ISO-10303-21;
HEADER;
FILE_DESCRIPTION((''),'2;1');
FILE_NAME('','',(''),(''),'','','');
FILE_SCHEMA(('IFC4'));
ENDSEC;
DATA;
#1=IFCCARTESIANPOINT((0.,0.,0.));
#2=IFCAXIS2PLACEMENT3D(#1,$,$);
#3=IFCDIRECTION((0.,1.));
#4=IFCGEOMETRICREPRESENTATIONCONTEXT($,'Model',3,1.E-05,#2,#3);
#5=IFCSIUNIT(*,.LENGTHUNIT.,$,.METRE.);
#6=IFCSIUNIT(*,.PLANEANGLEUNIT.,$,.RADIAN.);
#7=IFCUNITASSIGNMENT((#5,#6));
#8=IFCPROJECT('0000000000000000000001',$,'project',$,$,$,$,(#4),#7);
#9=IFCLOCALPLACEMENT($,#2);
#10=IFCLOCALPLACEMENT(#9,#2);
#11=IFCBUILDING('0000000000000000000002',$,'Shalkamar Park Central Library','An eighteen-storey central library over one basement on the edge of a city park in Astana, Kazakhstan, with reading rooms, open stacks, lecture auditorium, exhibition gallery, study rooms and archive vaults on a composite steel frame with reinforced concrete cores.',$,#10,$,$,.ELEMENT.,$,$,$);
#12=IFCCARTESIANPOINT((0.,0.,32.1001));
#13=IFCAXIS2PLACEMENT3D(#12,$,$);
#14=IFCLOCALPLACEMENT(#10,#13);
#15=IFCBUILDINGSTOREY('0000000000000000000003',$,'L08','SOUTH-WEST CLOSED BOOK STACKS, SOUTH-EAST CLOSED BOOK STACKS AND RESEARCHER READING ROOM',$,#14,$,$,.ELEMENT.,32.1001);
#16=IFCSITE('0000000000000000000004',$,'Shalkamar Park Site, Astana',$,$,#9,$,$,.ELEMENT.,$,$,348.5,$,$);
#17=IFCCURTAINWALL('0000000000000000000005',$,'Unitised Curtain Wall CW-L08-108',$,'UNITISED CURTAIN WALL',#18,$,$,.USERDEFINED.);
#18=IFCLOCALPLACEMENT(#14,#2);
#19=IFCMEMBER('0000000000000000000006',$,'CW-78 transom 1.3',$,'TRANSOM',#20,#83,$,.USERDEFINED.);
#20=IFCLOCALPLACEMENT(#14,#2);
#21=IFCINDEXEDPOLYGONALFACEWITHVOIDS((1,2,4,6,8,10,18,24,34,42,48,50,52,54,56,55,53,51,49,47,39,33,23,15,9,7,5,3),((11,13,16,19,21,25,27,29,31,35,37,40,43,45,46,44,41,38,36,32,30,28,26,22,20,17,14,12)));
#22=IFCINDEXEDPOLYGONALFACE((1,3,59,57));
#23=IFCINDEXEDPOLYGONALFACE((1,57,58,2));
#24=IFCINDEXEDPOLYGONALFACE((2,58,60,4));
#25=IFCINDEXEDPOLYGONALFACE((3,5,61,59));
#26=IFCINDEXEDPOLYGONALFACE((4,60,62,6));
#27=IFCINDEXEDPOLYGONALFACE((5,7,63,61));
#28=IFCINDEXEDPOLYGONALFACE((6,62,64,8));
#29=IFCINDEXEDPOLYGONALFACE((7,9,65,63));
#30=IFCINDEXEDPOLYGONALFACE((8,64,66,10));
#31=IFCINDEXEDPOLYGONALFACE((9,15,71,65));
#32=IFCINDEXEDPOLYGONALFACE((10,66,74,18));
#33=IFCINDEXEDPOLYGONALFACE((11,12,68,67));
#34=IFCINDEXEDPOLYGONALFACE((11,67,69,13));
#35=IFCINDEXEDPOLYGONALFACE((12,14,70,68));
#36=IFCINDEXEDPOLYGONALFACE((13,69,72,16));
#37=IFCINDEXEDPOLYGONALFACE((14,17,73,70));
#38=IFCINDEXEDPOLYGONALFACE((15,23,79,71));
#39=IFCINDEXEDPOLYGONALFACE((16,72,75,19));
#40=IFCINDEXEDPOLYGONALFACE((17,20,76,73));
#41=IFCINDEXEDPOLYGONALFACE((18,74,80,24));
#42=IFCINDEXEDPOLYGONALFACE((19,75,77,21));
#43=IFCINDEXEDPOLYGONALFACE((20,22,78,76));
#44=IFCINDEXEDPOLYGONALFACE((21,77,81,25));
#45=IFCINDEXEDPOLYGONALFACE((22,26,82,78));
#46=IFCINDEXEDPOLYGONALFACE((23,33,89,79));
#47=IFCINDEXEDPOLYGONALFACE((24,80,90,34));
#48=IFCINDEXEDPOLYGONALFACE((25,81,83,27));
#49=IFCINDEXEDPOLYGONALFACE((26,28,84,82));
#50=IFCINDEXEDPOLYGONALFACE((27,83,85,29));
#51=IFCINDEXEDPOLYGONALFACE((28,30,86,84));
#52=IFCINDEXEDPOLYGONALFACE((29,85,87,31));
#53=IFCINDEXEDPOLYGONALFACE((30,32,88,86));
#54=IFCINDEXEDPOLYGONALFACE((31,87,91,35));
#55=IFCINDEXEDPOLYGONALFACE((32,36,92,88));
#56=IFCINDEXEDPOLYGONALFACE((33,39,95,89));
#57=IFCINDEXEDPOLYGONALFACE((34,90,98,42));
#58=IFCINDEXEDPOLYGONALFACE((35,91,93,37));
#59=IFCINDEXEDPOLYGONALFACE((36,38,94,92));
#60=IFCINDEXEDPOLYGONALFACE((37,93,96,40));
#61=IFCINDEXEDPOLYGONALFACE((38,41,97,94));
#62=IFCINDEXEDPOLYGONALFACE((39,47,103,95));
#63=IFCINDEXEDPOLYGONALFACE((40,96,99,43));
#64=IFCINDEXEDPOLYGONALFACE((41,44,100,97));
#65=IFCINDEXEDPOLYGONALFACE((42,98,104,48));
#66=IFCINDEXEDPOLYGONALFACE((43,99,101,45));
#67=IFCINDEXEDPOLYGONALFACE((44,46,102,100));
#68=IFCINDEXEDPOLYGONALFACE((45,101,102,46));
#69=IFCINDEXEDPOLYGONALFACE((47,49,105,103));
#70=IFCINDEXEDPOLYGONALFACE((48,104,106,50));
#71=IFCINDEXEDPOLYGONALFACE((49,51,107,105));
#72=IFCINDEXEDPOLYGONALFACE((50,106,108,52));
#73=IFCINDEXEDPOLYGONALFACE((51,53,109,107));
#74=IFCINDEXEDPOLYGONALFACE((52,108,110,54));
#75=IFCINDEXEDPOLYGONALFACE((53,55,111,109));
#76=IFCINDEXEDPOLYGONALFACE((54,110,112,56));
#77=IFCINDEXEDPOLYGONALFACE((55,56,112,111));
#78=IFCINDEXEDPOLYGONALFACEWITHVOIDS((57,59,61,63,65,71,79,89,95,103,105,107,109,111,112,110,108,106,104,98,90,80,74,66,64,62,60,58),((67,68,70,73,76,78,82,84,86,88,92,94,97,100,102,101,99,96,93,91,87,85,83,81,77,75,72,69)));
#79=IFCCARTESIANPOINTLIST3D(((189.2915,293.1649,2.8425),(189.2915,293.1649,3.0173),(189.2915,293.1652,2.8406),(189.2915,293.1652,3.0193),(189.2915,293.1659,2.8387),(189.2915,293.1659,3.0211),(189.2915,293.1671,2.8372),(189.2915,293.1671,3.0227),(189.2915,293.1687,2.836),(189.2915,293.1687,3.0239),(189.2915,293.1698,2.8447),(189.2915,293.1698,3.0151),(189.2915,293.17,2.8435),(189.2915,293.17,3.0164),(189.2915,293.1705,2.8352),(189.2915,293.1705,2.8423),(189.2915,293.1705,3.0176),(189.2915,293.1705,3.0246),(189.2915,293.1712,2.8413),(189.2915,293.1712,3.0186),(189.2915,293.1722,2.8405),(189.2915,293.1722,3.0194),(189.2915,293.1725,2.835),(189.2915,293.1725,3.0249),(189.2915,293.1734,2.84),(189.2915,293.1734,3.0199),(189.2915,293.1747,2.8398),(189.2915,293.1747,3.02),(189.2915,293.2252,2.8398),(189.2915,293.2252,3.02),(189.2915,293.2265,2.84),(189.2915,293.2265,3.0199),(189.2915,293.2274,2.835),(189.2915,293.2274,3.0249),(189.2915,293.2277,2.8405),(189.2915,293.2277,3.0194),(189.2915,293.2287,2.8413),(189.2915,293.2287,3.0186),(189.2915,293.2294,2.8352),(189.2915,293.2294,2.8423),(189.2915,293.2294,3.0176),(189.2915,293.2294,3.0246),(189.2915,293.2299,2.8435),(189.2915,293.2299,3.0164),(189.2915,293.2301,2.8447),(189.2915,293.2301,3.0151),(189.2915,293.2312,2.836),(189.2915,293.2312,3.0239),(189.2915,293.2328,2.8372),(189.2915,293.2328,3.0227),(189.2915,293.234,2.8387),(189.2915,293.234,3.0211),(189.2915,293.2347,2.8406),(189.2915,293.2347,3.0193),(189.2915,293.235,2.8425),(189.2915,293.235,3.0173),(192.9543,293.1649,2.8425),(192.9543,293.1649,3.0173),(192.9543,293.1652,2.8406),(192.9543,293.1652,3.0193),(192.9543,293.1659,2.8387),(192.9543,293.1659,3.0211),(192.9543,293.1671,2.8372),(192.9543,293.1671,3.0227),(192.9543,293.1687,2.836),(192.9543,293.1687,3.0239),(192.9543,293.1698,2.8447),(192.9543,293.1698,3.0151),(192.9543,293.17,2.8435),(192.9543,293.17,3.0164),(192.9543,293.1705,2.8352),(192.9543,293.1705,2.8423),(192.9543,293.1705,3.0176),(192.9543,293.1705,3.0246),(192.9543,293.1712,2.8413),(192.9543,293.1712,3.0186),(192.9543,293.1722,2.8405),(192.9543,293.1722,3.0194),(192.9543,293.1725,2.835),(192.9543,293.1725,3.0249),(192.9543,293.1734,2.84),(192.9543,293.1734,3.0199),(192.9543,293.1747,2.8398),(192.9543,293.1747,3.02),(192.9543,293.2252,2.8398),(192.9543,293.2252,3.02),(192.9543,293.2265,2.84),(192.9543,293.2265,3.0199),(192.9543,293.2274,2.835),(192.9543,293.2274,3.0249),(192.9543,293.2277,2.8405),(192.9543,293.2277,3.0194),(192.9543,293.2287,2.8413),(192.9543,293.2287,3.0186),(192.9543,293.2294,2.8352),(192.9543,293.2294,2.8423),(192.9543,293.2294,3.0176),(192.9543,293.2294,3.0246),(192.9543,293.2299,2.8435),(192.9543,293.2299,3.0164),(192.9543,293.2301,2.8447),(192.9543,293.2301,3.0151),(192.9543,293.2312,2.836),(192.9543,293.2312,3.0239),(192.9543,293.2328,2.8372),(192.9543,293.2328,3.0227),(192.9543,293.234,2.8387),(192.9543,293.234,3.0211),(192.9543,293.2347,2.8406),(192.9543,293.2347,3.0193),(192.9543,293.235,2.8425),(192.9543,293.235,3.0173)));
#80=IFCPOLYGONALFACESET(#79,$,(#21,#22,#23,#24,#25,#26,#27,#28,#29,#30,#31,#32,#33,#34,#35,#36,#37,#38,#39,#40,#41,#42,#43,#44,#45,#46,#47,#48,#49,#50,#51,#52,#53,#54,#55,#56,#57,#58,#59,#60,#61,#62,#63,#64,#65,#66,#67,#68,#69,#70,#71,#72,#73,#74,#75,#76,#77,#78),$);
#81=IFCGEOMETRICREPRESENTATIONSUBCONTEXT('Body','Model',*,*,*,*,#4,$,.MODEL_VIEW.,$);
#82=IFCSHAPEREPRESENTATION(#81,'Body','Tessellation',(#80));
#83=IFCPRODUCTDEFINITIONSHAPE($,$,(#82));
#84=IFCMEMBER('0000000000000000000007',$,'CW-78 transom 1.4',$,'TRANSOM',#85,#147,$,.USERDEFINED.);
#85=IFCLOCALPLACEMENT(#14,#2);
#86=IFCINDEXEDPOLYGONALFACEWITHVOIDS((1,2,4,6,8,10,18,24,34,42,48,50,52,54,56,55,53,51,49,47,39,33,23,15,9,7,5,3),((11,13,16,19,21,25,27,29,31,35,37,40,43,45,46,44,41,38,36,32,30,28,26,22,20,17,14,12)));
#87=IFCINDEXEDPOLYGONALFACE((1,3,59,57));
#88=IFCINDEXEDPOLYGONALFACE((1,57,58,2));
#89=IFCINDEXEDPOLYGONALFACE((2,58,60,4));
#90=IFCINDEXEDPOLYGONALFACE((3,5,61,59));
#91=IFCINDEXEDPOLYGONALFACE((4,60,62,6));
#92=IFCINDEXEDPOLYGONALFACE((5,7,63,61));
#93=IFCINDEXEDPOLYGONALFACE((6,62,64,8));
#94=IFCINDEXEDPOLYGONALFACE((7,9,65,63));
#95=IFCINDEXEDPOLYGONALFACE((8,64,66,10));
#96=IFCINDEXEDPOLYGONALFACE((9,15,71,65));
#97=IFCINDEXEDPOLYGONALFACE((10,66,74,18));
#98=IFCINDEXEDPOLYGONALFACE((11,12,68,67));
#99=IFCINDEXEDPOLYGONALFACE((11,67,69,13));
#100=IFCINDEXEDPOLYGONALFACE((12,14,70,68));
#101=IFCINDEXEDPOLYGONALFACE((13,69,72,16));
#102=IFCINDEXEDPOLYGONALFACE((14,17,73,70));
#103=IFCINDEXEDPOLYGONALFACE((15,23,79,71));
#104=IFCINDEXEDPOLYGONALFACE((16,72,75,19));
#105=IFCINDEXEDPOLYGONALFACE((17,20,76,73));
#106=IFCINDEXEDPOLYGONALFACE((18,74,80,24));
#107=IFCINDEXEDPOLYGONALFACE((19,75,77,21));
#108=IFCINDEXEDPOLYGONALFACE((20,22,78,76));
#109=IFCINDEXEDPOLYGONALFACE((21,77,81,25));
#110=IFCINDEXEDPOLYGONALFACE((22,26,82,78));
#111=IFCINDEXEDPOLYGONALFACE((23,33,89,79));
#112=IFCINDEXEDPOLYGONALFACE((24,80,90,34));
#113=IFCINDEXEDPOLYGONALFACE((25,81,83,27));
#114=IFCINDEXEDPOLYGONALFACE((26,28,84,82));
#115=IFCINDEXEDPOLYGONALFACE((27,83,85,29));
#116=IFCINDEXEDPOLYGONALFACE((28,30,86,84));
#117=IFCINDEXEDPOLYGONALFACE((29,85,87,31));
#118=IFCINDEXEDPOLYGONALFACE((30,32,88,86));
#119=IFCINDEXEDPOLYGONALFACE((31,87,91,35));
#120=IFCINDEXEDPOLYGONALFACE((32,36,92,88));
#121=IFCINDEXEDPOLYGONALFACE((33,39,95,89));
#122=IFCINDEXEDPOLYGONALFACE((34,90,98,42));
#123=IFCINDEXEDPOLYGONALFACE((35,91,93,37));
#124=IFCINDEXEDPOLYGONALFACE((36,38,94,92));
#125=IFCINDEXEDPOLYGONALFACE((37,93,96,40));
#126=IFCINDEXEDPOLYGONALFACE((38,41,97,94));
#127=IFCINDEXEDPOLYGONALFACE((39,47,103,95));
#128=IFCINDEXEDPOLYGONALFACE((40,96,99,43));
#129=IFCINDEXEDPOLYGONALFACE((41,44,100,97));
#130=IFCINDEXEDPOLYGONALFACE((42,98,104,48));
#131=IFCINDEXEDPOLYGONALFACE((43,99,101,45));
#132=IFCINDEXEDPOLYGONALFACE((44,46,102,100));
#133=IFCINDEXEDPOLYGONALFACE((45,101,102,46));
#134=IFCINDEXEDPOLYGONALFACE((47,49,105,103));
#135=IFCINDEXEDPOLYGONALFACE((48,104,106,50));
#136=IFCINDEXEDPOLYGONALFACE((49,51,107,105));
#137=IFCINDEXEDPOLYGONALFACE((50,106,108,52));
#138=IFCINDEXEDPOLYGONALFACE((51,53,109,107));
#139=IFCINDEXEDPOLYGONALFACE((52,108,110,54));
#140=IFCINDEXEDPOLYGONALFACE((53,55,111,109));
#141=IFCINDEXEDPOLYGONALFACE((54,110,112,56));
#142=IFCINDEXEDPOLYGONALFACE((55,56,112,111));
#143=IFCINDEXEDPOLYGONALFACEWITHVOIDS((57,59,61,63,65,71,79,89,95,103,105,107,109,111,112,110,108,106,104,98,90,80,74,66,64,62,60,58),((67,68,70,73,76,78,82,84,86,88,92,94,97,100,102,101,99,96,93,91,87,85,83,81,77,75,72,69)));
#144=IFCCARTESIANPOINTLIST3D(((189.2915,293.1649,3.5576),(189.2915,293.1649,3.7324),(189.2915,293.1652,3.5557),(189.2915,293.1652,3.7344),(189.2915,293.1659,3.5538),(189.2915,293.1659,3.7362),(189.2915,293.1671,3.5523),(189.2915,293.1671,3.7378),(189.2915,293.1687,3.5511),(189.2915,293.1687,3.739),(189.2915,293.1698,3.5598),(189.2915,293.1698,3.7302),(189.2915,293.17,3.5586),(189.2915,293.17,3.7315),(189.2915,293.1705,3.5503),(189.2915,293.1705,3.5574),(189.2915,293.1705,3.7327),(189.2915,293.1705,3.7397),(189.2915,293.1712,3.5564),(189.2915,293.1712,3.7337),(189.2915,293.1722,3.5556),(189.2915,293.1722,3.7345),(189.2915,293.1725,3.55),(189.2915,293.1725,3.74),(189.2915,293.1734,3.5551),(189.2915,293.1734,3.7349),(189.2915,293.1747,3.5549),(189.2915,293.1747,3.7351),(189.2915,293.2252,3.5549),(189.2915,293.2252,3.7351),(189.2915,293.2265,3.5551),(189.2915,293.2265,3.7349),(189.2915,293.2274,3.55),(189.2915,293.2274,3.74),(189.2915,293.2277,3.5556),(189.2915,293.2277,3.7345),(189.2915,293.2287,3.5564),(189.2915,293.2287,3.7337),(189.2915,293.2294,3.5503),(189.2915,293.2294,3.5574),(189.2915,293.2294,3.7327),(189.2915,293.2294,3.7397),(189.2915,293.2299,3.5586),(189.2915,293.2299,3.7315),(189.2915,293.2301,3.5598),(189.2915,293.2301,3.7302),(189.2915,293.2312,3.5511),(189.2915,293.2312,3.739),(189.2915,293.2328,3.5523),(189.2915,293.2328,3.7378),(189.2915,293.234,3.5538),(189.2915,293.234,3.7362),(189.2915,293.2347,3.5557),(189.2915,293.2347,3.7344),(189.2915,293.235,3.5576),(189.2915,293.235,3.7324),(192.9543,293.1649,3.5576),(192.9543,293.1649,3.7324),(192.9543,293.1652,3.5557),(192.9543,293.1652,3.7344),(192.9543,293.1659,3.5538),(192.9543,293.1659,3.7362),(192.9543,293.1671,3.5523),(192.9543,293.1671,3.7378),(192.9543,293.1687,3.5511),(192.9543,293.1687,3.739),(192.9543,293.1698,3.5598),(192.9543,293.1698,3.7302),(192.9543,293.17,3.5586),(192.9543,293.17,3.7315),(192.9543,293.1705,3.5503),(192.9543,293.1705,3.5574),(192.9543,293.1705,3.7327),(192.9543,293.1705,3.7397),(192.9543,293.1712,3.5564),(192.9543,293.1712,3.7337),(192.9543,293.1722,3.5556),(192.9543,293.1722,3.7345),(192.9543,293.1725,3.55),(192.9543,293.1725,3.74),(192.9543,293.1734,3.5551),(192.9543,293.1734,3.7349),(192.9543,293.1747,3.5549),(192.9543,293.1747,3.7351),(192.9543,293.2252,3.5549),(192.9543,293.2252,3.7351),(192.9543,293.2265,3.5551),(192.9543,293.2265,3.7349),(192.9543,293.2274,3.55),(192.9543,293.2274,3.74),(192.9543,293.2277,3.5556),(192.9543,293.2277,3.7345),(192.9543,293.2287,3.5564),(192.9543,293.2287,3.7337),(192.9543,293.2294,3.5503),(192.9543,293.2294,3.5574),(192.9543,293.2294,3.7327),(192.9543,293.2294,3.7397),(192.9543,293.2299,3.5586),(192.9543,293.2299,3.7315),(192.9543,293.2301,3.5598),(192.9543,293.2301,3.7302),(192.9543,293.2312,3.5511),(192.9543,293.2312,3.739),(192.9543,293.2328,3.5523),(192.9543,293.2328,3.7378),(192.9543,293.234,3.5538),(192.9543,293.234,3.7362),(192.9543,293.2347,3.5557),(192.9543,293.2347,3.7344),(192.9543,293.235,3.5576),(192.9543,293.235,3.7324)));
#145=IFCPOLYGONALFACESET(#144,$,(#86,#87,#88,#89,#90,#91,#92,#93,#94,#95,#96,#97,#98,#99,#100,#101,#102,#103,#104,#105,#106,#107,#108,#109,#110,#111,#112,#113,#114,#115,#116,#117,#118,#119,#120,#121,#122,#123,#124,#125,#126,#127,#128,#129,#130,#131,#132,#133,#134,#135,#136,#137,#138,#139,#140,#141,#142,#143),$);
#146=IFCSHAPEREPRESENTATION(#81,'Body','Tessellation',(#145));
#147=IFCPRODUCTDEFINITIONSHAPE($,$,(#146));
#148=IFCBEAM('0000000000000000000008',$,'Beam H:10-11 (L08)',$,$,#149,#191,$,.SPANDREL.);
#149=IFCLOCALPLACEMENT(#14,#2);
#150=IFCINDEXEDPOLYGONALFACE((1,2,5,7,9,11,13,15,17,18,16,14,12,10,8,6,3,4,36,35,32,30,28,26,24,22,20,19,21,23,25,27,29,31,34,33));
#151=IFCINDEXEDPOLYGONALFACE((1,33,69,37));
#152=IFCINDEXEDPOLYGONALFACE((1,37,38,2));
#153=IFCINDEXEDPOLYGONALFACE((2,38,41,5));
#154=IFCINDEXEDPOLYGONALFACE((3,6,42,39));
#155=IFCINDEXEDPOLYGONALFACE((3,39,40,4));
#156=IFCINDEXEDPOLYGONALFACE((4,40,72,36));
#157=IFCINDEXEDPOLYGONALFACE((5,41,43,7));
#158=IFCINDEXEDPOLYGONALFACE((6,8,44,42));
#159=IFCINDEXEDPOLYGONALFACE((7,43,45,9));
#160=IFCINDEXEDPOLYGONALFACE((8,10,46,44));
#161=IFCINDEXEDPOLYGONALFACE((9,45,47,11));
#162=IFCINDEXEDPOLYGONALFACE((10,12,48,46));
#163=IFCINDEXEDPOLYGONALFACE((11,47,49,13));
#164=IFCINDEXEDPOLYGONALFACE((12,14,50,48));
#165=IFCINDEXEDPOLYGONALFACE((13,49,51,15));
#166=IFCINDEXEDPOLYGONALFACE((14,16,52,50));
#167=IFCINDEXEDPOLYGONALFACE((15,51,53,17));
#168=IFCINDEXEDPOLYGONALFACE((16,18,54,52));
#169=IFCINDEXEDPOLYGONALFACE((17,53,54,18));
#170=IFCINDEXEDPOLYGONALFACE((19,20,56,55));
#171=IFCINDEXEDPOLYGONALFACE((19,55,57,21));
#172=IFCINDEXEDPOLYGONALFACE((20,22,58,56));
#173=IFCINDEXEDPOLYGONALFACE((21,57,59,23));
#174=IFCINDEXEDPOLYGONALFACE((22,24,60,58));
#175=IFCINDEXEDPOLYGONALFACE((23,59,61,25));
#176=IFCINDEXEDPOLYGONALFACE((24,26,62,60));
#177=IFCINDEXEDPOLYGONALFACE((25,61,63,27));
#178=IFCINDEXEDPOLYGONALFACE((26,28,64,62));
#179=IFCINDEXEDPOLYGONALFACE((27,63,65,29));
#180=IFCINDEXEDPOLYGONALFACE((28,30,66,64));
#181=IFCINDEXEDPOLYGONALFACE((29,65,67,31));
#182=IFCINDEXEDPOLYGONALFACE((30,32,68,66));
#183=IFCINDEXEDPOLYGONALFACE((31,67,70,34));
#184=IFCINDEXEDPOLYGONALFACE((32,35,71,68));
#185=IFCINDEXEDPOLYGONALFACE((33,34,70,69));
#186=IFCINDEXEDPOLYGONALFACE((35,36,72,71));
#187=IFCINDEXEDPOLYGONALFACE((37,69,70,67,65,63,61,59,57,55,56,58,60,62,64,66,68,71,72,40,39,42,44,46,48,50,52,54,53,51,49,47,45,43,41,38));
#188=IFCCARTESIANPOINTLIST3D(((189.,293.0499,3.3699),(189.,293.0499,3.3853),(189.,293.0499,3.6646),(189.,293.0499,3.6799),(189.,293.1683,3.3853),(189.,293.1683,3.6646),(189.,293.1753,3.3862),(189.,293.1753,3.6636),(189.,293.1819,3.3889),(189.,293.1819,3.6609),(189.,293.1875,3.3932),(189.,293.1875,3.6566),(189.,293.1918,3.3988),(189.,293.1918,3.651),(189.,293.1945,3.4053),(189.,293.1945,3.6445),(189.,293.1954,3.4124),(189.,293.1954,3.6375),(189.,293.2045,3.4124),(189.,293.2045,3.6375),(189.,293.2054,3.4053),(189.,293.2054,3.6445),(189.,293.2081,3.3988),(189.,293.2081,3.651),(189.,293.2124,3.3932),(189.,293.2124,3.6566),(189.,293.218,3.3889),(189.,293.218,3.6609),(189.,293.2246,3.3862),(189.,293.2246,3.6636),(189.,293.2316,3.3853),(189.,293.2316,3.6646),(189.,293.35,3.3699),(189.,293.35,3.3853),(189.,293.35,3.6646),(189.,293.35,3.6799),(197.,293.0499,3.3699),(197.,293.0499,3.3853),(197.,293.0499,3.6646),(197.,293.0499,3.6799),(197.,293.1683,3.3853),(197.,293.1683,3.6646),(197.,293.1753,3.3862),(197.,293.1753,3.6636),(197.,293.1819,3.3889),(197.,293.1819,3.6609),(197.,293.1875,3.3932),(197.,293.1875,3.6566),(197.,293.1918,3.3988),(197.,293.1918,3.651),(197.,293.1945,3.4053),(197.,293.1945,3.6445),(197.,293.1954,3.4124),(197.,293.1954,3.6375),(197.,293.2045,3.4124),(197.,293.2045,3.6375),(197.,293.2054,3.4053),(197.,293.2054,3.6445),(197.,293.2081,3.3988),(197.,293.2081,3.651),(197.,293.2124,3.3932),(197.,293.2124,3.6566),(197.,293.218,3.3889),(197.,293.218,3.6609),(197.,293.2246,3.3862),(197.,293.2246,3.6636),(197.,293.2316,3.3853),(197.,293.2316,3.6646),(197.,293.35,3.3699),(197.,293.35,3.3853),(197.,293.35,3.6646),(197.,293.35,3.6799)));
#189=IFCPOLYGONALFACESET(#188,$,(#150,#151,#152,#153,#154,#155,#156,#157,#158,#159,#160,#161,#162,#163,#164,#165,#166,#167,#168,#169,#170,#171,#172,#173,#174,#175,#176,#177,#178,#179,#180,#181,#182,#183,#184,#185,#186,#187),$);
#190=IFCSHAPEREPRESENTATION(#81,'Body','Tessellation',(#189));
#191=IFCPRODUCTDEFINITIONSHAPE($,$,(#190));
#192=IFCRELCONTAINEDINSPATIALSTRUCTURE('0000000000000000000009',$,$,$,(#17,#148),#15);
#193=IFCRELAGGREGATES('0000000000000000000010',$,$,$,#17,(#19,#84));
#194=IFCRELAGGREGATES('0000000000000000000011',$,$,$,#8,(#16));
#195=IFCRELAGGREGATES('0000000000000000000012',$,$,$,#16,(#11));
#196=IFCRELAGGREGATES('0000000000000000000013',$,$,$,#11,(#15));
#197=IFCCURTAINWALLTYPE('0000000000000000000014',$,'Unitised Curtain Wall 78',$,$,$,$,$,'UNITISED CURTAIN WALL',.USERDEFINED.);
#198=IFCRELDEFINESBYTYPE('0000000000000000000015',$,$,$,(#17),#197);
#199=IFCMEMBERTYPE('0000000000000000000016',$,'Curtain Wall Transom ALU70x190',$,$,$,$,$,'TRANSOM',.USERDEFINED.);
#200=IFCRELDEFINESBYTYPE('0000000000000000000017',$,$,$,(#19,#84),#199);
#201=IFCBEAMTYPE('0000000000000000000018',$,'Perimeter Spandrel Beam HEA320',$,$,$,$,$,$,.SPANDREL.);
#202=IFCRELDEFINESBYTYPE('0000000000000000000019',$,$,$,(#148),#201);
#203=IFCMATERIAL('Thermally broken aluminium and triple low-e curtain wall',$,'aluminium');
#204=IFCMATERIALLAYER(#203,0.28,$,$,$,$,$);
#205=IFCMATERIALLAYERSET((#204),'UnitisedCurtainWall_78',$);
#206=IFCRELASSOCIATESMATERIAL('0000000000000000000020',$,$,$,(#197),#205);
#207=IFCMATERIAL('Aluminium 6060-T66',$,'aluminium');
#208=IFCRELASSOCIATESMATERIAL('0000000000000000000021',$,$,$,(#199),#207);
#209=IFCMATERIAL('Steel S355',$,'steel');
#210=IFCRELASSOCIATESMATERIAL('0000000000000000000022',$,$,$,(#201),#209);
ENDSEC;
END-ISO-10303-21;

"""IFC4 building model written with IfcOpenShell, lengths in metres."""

from ifc_helpers import new_model, si_unit, direction, frame, origin, origin_2d, place, context, subcontext, project, spatial, hollow_rectangle, i_section, extrude, material, layer, layer_set, material_profile, profile_set, type_object, element, aggregate, save


model = new_model("IFC4")

# Units and contexts
model_context = context("Model", 3, precision=1e-05, world=origin(), true_north=direction((0.0, 1.0)))
body_context = subcontext(model_context, "Body", "Model", "MODEL_VIEW")
ifc_project = project(units=[si_unit("LENGTHUNIT", "METRE"), si_unit("PLANEANGLEUNIT", "RADIAN")], contexts=[model_context])

# Site, building, storey
site_placement = place(None, origin())
site = spatial("IfcSite", under=ifc_project, at=site_placement, Name="Shalkamar Park Site, Astana", CompositionType="ELEMENT", RefElevation=348.5)
building_placement = place(site_placement, origin())
building = spatial("IfcBuilding", under=site, at=building_placement, Name="Shalkamar Park Central Library", Description="An eighteen-storey central library over one basement on the edge of a city park in Astana, Kazakhstan, with reading rooms, open stacks, lecture auditorium, exhibition gallery, study rooms and archive vaults on a composite steel frame with reinforced concrete cores.", CompositionType="ELEMENT")
storey_placement = place(building_placement, frame((0.0, 0.0, 32.1001)))
storey = spatial("IfcBuildingStorey", under=building, at=storey_placement, Name="L08", Description="SOUTH-WEST CLOSED BOOK STACKS, SOUTH-EAST CLOSED BOOK STACKS AND RESEARCHER READING ROOM", CompositionType="ELEMENT", Elevation=32.1001)

# Shared definitions
ifc_material_1 = material(Name="Steel S355", Category="steel")

# Curtain wall
ifc_material_2 = material(Name="Thermally broken aluminium and triple low-e curtain wall", Category="aluminium")
ifc_material_3 = material(Name="Aluminium 6060-T66", Category="aluminium")
ifc_layer_1 = layer(ifc_material_2, 0.28)
ifc_layer_set_1 = layer_set([ifc_layer_1], Name="UnitisedCurtainWall_78")
curtain_wall_type_1 = type_object("IfcCurtainWallType", Name="Unitised Curtain Wall 78", ElementType="UNITISED CURTAIN WALL", PredefinedType="USERDEFINED", material=ifc_layer_set_1)
curtain_wall_1_placement = place(storey_placement, origin())
curtain_wall_1 = element("IfcCurtainWall", 1, at=curtain_wall_1_placement, inside=storey, type_object=curtain_wall_type_1, Name="Unitised Curtain Wall CW-L08-108", ObjectType="UNITISED CURTAIN WALL", PredefinedType="USERDEFINED")

# Members
ifc_material_profile_1 = material_profile(ifc_material_3, hollow_rectangle(XDim=0.0701, YDim=0.1899, WallThickness=0.0049, InnerFilletRadius=0.0049, OuterFilletRadius=0.0076, at=origin_2d()), Name="ALU 70x190x5")
ifc_profile_set_1 = profile_set([ifc_material_profile_1], Name="Aluminium 6060-T66")
member_type_1 = type_object("IfcMemberType", Name="Curtain Wall Transom ALU70x190", ElementType="TRANSOM", PredefinedType="USERDEFINED", material=ifc_profile_set_1)
member_1_placement = place(storey_placement, frame((189.2915, 293.2, 2.9299), z_axis=(1.0, 0.0, 0.0), x_axis=(0.0, 1.0, 0.0)))
member_1 = element("IfcMember", 2, at=member_1_placement, type_object=member_type_1, Name="CW-78 transom 1.3", ObjectType="TRANSOM", PredefinedType="USERDEFINED", context=body_context, shape_type="SweptSolid", body=[
    extrude(hollow_rectangle(XDim=0.0701, YDim=0.1899, WallThickness=0.0049, InnerFilletRadius=0.0049, OuterFilletRadius=0.0076, at=origin_2d()), origin(), (0.0, 0.0, 1.0), 3.6628),
])
member_2_placement = place(storey_placement, frame((189.2915, 293.2, 3.645), z_axis=(1.0, 0.0, 0.0), x_axis=(0.0, 1.0, 0.0)))
member_2 = element("IfcMember", 3, at=member_2_placement, type_object=member_type_1, Name="CW-78 transom 1.4", ObjectType="TRANSOM", PredefinedType="USERDEFINED", context=body_context, shape_type="SweptSolid", body=[
    extrude(hollow_rectangle(XDim=0.0701, YDim=0.1899, WallThickness=0.0049, InnerFilletRadius=0.0049, OuterFilletRadius=0.0076, at=origin_2d()), origin(), (0.0, 0.0, 1.0), 3.6628),
])

# Beam
ifc_material_profile_2 = material_profile(ifc_material_1, i_section(OverallWidth=0.3, OverallDepth=0.3101, WebThickness=0.009, FlangeThickness=0.0154, FilletRadius=0.0271, at=origin_2d()), Name="HEA 320")
ifc_profile_set_2 = profile_set([ifc_material_profile_2], Name="Steel S355")
beam_type = type_object("IfcBeamType", Name="Perimeter Spandrel Beam HEA320", PredefinedType="SPANDREL", material=ifc_profile_set_2)
beam_placement = place(storey_placement, frame((189.0, 293.2, 3.5249), z_axis=(1.0, 0.0, 0.0), x_axis=(0.0, 1.0, 0.0)))
element("IfcBeam", 4, at=beam_placement, inside=storey, type_object=beam_type, Name="Beam H:10-11 (L08)", PredefinedType="SPANDREL", context=body_context, shape_type="SweptSolid", body=[
    extrude(i_section(OverallWidth=0.3, OverallDepth=0.3101, WebThickness=0.009, FlangeThickness=0.0154, FilletRadius=0.0271, at=origin_2d()), origin(), (0.0, 0.0, 1.0), 8.0),
])

aggregate(curtain_wall_1, [member_1, member_2])

save(model, "model.ifc")
